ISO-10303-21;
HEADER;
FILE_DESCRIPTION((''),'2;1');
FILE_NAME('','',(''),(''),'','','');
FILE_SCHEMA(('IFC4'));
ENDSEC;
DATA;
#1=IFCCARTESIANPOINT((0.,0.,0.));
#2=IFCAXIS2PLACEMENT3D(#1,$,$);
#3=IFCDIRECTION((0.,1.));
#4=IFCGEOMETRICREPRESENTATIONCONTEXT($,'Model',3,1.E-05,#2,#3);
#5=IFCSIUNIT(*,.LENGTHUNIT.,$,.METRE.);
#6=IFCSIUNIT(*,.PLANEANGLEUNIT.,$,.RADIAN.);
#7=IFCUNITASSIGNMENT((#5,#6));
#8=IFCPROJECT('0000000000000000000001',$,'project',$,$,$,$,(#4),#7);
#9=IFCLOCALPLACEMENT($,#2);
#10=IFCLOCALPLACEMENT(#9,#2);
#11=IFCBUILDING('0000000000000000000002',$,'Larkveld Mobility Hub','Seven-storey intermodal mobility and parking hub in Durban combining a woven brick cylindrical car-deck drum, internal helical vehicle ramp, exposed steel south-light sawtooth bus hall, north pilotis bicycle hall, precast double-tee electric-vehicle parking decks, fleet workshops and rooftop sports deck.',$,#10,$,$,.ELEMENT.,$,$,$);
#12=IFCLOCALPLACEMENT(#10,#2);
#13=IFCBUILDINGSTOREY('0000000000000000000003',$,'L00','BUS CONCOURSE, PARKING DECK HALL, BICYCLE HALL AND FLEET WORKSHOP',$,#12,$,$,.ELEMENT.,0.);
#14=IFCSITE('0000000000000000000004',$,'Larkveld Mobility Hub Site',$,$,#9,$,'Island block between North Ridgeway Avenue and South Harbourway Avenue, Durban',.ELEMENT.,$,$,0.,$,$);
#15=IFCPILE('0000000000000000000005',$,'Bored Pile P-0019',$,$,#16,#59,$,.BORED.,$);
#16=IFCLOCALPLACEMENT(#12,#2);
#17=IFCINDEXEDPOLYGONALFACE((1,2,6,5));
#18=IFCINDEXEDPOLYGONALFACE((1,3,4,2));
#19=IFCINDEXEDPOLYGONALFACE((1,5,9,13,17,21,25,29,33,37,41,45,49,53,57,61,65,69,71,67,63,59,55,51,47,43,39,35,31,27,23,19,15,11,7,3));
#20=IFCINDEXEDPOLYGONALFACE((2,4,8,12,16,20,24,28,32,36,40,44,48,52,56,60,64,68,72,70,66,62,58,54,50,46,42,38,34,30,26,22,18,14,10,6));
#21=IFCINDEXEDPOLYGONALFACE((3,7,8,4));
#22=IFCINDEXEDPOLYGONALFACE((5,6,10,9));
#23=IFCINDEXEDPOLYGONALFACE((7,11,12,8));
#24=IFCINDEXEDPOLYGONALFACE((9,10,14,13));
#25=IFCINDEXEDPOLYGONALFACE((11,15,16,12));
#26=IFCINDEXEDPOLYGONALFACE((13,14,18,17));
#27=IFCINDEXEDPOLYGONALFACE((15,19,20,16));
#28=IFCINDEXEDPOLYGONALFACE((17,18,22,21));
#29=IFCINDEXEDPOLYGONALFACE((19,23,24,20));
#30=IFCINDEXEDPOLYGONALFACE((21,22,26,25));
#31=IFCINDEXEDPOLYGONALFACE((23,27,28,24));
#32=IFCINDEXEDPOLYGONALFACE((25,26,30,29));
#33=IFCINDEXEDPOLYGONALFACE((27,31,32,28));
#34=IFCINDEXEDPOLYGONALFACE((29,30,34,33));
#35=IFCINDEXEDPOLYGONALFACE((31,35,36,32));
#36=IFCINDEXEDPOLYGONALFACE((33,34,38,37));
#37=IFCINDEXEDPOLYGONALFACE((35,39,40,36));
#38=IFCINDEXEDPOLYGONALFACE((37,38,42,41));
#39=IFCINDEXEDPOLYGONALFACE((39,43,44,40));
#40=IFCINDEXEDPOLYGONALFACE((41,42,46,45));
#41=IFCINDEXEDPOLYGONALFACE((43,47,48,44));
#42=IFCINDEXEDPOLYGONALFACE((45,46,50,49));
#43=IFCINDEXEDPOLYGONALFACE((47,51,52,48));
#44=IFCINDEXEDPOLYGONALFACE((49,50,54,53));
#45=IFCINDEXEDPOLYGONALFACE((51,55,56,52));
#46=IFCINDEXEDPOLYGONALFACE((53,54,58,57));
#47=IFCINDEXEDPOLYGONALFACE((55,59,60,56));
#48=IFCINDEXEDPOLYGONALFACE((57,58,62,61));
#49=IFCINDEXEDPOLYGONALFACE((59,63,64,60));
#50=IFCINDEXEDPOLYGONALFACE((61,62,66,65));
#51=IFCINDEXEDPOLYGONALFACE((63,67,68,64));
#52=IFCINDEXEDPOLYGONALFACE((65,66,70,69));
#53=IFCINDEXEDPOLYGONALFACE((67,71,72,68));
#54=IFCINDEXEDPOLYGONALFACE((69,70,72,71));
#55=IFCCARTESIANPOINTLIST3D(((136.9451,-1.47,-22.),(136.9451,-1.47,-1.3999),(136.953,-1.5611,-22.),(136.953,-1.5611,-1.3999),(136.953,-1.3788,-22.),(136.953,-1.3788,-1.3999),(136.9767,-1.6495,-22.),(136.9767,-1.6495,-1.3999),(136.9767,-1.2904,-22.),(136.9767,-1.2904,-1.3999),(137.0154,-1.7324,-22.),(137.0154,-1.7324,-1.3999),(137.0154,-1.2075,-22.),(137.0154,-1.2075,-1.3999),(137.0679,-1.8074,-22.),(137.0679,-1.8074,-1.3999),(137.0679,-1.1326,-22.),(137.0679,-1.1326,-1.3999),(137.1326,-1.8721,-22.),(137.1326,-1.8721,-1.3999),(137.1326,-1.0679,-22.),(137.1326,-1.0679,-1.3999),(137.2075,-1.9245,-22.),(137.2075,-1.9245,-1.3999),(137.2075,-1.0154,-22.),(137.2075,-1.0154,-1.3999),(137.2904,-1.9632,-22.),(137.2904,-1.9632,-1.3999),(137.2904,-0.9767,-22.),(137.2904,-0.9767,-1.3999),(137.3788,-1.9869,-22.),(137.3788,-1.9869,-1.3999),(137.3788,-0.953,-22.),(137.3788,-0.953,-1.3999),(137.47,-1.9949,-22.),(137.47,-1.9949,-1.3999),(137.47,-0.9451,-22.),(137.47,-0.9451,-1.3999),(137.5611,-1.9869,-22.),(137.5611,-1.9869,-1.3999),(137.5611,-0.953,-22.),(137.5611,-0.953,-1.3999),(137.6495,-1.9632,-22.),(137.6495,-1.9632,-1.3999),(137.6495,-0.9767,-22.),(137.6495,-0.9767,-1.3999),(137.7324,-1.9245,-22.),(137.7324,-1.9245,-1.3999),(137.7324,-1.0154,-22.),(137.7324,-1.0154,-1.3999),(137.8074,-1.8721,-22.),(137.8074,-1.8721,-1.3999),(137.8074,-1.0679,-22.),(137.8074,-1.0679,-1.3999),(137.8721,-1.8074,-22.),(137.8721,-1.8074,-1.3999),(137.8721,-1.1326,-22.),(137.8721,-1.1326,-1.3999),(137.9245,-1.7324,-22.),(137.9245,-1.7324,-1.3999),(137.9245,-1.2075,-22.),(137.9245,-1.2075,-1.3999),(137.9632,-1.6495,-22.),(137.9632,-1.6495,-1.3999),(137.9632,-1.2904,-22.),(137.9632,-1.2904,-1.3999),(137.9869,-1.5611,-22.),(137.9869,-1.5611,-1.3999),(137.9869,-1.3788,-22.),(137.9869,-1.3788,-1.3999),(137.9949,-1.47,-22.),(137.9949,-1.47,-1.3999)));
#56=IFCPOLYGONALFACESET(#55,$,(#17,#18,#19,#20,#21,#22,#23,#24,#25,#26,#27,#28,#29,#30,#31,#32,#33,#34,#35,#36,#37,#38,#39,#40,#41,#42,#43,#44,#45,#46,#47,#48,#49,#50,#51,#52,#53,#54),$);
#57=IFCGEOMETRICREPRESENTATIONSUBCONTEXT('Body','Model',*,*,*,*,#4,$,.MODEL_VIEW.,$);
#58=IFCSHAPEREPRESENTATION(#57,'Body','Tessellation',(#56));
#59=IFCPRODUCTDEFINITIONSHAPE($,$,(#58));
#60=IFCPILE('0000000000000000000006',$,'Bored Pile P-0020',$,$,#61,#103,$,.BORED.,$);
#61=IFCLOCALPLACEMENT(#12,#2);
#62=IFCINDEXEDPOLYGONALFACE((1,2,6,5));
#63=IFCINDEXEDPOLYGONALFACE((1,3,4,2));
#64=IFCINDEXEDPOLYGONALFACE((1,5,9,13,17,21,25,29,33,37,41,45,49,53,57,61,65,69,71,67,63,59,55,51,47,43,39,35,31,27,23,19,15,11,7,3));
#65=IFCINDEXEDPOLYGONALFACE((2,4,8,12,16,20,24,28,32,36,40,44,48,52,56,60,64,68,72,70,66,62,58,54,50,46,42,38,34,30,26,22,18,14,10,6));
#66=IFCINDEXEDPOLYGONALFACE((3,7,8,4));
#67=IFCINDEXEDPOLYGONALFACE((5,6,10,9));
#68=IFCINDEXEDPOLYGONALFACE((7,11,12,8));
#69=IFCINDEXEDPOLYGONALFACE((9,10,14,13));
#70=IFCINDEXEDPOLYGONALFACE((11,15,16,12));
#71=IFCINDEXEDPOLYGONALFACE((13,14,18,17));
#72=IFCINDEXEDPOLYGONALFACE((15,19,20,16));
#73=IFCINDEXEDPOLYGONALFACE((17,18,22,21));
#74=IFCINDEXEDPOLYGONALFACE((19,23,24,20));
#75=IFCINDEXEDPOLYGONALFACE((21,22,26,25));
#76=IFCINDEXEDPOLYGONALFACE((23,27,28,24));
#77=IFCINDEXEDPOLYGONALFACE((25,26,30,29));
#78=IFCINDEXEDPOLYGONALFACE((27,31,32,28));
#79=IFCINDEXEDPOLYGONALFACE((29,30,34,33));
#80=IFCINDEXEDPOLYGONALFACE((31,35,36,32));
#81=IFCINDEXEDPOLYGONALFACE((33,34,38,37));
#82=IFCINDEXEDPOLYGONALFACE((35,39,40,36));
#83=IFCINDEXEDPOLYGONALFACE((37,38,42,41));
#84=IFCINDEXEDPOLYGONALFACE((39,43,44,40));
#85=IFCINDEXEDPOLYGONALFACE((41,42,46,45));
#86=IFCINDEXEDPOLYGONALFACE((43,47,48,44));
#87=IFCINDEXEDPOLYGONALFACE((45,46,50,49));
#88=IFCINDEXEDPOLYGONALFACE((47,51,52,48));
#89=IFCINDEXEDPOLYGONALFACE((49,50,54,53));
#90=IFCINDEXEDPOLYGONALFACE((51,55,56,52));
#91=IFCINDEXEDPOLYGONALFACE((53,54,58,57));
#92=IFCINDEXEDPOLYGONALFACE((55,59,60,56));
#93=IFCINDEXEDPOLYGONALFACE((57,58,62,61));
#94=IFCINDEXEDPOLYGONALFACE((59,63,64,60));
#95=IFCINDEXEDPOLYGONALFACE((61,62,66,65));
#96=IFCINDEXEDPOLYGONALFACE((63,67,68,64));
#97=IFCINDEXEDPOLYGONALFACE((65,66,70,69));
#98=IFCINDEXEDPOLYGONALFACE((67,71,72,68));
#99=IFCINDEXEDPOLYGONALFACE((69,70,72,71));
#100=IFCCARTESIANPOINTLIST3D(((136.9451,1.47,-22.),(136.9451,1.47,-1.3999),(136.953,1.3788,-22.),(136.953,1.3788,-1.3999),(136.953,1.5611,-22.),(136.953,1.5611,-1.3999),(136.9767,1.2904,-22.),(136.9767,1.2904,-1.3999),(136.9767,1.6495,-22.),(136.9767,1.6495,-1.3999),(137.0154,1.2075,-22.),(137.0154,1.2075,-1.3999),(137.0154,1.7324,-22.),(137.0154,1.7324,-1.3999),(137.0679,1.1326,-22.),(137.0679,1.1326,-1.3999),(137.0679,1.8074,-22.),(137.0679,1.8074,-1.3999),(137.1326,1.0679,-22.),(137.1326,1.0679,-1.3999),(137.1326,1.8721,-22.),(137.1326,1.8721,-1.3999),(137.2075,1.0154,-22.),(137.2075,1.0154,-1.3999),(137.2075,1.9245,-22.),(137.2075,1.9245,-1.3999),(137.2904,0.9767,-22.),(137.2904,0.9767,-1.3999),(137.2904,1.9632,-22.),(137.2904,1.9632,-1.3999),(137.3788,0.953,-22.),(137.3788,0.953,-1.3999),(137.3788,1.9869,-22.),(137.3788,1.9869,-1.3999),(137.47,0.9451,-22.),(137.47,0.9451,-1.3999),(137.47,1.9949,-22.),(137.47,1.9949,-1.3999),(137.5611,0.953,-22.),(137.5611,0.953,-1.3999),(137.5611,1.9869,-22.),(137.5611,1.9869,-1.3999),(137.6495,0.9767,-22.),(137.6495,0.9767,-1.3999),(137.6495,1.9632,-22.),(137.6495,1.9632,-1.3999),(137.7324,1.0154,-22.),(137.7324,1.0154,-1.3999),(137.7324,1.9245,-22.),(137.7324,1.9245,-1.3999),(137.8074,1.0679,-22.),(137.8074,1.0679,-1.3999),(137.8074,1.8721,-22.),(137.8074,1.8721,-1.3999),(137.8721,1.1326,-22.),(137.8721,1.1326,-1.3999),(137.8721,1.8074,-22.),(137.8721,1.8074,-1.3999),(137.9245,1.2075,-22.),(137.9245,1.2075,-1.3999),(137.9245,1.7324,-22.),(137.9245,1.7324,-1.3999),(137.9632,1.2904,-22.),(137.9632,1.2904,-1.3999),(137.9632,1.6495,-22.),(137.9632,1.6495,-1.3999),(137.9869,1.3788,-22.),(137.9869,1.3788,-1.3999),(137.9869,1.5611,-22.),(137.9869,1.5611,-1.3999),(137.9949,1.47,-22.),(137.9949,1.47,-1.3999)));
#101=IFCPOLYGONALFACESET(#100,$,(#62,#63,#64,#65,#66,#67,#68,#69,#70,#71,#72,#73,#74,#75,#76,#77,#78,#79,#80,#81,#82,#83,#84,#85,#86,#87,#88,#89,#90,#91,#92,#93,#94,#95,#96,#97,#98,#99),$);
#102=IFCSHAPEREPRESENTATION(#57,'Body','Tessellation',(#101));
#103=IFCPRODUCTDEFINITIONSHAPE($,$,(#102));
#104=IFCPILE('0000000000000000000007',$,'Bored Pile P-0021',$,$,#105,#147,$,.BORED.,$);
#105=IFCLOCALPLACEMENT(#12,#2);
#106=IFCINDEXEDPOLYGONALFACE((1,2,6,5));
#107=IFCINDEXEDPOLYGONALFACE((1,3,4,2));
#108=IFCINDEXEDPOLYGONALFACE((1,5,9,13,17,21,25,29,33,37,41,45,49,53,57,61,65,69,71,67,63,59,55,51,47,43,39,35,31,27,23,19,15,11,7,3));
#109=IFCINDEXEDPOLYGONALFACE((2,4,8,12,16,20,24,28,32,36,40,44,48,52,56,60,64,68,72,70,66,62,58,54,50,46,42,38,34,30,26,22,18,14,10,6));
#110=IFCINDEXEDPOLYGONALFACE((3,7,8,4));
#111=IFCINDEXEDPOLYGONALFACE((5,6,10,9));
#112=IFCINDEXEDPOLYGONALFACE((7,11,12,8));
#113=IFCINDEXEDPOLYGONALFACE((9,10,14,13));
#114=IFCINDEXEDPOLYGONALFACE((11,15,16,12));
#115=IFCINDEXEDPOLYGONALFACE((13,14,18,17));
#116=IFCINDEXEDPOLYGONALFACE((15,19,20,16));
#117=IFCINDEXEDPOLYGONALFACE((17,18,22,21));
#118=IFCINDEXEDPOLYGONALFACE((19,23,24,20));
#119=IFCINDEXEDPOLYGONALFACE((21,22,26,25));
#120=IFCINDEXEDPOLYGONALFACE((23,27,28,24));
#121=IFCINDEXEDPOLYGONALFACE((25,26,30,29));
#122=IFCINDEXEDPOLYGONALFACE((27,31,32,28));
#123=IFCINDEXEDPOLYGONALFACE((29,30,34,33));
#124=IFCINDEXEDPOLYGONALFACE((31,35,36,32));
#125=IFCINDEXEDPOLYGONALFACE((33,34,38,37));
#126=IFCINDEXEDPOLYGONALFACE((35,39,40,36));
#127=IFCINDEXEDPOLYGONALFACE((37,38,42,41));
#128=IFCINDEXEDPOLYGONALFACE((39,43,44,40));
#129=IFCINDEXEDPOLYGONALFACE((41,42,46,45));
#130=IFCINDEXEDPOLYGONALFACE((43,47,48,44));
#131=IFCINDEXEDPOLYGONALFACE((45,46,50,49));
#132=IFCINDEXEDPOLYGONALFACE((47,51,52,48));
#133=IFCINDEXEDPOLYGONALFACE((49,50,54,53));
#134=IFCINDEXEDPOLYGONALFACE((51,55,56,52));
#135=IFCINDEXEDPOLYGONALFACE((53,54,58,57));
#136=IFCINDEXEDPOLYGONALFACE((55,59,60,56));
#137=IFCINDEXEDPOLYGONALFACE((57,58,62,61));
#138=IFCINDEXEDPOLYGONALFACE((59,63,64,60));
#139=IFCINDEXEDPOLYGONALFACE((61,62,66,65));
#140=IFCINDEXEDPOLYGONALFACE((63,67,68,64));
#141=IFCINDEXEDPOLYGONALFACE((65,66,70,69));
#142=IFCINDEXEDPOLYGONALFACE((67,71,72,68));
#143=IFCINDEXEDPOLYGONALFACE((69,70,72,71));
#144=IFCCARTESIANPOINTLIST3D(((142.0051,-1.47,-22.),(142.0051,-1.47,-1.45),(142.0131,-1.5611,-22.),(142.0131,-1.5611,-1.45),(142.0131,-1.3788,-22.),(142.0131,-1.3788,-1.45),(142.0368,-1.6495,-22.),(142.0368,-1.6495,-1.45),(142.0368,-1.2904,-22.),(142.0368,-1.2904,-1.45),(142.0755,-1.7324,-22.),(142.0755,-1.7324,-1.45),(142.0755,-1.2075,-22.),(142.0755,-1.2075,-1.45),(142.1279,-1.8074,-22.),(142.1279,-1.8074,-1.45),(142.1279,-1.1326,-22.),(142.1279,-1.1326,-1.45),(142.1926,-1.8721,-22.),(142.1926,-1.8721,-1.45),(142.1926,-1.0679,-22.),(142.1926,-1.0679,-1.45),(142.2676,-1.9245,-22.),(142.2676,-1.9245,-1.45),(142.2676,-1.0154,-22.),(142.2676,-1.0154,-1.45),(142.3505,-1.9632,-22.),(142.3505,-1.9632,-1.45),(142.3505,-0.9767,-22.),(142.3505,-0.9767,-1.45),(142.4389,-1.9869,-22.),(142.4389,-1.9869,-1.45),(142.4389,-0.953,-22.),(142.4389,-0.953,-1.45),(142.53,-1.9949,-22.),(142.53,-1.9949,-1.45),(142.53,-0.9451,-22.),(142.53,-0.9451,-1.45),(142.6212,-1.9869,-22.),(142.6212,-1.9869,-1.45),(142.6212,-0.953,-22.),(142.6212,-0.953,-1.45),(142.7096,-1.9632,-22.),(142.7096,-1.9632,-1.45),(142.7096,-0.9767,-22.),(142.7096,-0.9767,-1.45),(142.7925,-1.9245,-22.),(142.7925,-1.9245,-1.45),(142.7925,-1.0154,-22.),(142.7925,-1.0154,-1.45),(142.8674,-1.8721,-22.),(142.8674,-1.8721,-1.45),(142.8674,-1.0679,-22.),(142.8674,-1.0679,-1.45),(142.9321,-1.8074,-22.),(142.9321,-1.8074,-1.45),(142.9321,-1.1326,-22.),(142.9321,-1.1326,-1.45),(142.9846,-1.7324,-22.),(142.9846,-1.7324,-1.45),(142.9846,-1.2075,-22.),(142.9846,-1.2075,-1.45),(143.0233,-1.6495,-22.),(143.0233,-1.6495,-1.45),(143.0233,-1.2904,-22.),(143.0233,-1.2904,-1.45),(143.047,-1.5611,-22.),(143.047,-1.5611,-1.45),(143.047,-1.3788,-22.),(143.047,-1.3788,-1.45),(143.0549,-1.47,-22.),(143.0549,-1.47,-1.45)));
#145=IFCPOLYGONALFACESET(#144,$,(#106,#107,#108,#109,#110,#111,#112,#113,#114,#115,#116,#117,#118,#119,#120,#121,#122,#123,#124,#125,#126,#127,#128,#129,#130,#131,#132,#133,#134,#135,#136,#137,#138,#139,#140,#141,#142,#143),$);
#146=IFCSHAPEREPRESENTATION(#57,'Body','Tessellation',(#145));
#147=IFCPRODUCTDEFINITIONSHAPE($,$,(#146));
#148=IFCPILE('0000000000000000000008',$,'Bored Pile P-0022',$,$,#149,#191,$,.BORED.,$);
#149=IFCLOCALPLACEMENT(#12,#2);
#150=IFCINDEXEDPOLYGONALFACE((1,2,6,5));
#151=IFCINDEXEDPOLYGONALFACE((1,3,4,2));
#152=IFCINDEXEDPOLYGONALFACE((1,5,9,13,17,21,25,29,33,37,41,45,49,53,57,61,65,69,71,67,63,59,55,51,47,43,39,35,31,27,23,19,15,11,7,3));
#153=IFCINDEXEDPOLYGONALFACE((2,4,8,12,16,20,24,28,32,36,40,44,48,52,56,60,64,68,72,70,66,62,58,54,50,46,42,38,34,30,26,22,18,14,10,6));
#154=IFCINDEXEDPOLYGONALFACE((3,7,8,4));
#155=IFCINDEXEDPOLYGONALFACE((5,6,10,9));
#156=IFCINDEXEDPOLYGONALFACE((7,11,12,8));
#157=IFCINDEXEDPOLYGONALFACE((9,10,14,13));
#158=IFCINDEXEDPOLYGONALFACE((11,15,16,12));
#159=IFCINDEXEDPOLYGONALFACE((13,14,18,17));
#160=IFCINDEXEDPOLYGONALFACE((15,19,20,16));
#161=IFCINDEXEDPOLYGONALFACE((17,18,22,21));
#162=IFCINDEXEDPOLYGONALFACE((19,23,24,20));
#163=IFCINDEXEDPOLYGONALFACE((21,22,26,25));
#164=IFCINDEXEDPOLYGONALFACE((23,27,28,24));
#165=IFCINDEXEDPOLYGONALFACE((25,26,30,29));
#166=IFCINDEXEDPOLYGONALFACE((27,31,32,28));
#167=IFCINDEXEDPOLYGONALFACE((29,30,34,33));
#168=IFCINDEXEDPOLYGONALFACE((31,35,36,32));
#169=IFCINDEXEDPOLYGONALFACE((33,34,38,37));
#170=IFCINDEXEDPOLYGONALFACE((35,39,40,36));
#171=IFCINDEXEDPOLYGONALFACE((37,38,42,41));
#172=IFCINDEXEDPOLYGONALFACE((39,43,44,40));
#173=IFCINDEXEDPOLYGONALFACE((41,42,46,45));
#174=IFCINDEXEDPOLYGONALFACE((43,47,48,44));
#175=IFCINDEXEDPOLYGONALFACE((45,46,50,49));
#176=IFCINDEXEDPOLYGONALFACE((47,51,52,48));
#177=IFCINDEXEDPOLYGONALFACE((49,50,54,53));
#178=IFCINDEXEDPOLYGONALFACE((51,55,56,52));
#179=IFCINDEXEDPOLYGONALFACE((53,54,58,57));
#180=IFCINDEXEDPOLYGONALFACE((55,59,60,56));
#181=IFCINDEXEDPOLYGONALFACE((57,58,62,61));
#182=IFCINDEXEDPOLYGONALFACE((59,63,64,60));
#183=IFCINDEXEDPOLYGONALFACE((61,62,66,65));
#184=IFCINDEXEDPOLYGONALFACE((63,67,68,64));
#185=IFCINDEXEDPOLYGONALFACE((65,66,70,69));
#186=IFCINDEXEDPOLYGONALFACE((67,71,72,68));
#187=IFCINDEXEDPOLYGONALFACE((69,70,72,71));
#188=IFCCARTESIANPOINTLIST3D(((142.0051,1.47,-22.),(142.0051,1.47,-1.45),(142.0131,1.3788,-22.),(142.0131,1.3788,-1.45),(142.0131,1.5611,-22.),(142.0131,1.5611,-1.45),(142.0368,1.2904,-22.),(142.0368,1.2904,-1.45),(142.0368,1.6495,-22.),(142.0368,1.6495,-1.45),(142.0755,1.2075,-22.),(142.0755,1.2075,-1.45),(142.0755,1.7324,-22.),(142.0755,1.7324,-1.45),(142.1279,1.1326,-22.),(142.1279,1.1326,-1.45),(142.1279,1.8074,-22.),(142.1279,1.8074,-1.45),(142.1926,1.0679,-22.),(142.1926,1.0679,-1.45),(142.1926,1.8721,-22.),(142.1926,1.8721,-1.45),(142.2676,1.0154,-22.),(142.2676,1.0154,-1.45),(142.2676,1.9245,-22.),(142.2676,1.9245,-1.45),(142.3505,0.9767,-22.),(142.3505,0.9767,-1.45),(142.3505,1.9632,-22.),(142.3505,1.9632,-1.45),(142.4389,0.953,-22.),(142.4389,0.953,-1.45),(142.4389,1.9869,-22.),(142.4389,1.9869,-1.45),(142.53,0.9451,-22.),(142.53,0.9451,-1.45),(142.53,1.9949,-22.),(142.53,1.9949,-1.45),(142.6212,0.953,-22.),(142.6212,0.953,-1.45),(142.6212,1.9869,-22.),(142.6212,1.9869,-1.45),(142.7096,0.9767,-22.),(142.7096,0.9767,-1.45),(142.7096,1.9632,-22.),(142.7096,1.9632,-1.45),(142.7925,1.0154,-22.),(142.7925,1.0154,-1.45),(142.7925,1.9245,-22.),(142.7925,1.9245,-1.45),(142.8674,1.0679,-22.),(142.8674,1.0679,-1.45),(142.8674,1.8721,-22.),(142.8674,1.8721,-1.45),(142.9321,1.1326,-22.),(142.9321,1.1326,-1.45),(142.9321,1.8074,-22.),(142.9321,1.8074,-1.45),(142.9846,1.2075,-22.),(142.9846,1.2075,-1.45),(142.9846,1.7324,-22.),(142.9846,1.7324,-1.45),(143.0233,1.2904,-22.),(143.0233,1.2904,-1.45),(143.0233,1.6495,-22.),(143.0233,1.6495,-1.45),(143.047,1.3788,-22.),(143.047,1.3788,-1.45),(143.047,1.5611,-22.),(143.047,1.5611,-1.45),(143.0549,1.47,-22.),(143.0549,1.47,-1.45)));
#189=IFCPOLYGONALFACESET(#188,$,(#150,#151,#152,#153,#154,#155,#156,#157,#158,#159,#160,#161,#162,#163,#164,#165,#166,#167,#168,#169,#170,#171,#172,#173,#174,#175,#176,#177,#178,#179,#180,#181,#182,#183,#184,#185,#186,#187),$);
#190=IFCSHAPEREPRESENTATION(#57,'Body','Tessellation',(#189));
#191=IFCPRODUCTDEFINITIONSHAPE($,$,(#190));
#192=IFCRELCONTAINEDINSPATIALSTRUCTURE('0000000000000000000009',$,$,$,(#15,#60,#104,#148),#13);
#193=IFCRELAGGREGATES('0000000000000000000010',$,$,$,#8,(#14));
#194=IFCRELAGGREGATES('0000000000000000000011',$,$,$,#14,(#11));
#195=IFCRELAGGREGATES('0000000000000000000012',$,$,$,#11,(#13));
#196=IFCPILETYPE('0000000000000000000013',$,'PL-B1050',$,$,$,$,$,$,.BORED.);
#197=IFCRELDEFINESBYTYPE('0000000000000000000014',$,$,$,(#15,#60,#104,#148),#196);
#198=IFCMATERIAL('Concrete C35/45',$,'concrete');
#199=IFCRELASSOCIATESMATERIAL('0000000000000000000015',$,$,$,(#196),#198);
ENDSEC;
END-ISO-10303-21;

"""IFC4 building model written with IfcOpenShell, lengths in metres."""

from ifc_helpers import new_model, si_unit, direction, frame, origin, origin_2d, place, context, subcontext, project, spatial, circle, extrude, material, material_profile, profile_set, type_object, element, save


model = new_model("IFC4")

# Units and contexts
model_context = context("Model", 3, precision=1e-05, world=origin(), true_north=direction((0.0, 1.0)))
body_context = subcontext(model_context, "Body", "Model", "MODEL_VIEW")
ifc_project = project(units=[si_unit("LENGTHUNIT", "METRE"), si_unit("PLANEANGLEUNIT", "RADIAN")], contexts=[model_context])

# Site, building, storey
site_placement = place(None, origin())
site = spatial("IfcSite", under=ifc_project, at=site_placement, Name="Larkveld Mobility Hub Site", LongName="Island block between North Ridgeway Avenue and South Harbourway Avenue, Durban", CompositionType="ELEMENT", RefElevation=0.0)
building_placement = place(site_placement, origin())
building = spatial("IfcBuilding", under=site, at=building_placement, Name="Larkveld Mobility Hub", Description="Seven-storey intermodal mobility and parking hub in Durban combining a woven brick cylindrical car-deck drum, internal helical vehicle ramp, exposed steel south-light sawtooth bus hall, north pilotis bicycle hall, precast double-tee electric-vehicle parking decks, fleet workshops and rooftop sports deck.", CompositionType="ELEMENT")
storey_placement = place(building_placement, origin())
storey = spatial("IfcBuildingStorey", under=building, at=storey_placement, Name="L00", Description="BUS CONCOURSE, PARKING DECK HALL, BICYCLE HALL AND FLEET WORKSHOP", CompositionType="ELEMENT", Elevation=0.0)

# Shared definitions
ifc_material_1 = material(Name="Concrete C35/45", Category="concrete")

# Piles
ifc_material_profile_1 = material_profile(ifc_material_1, circle(Radius=0.5249, at=origin_2d()), Name="PILE D1050")
ifc_profile_set_1 = profile_set([ifc_material_profile_1], Name="Concrete C35/45")
pile_type = type_object("IfcPileType", Name="PL-B1050", PredefinedType="BORED", material=ifc_profile_set_1)
for number, where, z_axis, x_axis, name in (
    (1, (137.47, -1.47, -1.3999), (0.0, 0.0, -1.0), (1.0, 0.0, 0.0), "Bored Pile P-0019"),
    (2, (137.47, 1.47, -1.3999), (0.0, 0.0, -1.0), (1.0, 0.0, 0.0), "Bored Pile P-0020"),
):
    element("IfcPile", number, at=place(storey_placement, frame(where, z_axis=z_axis, x_axis=x_axis)), inside=storey, type_object=pile_type, Name=name, PredefinedType="BORED", context=body_context, shape_type="SweptSolid", body=[
        extrude(circle(Radius=0.5249, at=origin_2d()), origin(), (0.0, 0.0, 1.0), 20.6001),
    ])
for number, where, z_axis, x_axis, name in (
    (3, (142.53, -1.47, -1.45), (0.0, 0.0, -1.0), (1.0, 0.0, 0.0), "Bored Pile P-0021"),
    (4, (142.53, 1.47, -1.45), (0.0, 0.0, -1.0), (1.0, 0.0, 0.0), "Bored Pile P-0022"),
):
    element("IfcPile", number, at=place(storey_placement, frame(where, z_axis=z_axis, x_axis=x_axis)), inside=storey, type_object=pile_type, Name=name, PredefinedType="BORED", context=body_context, shape_type="SweptSolid", body=[
        extrude(circle(Radius=0.5249, at=origin_2d()), origin(), (0.0, 0.0, 1.0), 20.55),
    ])

save(model, "model.ifc")
